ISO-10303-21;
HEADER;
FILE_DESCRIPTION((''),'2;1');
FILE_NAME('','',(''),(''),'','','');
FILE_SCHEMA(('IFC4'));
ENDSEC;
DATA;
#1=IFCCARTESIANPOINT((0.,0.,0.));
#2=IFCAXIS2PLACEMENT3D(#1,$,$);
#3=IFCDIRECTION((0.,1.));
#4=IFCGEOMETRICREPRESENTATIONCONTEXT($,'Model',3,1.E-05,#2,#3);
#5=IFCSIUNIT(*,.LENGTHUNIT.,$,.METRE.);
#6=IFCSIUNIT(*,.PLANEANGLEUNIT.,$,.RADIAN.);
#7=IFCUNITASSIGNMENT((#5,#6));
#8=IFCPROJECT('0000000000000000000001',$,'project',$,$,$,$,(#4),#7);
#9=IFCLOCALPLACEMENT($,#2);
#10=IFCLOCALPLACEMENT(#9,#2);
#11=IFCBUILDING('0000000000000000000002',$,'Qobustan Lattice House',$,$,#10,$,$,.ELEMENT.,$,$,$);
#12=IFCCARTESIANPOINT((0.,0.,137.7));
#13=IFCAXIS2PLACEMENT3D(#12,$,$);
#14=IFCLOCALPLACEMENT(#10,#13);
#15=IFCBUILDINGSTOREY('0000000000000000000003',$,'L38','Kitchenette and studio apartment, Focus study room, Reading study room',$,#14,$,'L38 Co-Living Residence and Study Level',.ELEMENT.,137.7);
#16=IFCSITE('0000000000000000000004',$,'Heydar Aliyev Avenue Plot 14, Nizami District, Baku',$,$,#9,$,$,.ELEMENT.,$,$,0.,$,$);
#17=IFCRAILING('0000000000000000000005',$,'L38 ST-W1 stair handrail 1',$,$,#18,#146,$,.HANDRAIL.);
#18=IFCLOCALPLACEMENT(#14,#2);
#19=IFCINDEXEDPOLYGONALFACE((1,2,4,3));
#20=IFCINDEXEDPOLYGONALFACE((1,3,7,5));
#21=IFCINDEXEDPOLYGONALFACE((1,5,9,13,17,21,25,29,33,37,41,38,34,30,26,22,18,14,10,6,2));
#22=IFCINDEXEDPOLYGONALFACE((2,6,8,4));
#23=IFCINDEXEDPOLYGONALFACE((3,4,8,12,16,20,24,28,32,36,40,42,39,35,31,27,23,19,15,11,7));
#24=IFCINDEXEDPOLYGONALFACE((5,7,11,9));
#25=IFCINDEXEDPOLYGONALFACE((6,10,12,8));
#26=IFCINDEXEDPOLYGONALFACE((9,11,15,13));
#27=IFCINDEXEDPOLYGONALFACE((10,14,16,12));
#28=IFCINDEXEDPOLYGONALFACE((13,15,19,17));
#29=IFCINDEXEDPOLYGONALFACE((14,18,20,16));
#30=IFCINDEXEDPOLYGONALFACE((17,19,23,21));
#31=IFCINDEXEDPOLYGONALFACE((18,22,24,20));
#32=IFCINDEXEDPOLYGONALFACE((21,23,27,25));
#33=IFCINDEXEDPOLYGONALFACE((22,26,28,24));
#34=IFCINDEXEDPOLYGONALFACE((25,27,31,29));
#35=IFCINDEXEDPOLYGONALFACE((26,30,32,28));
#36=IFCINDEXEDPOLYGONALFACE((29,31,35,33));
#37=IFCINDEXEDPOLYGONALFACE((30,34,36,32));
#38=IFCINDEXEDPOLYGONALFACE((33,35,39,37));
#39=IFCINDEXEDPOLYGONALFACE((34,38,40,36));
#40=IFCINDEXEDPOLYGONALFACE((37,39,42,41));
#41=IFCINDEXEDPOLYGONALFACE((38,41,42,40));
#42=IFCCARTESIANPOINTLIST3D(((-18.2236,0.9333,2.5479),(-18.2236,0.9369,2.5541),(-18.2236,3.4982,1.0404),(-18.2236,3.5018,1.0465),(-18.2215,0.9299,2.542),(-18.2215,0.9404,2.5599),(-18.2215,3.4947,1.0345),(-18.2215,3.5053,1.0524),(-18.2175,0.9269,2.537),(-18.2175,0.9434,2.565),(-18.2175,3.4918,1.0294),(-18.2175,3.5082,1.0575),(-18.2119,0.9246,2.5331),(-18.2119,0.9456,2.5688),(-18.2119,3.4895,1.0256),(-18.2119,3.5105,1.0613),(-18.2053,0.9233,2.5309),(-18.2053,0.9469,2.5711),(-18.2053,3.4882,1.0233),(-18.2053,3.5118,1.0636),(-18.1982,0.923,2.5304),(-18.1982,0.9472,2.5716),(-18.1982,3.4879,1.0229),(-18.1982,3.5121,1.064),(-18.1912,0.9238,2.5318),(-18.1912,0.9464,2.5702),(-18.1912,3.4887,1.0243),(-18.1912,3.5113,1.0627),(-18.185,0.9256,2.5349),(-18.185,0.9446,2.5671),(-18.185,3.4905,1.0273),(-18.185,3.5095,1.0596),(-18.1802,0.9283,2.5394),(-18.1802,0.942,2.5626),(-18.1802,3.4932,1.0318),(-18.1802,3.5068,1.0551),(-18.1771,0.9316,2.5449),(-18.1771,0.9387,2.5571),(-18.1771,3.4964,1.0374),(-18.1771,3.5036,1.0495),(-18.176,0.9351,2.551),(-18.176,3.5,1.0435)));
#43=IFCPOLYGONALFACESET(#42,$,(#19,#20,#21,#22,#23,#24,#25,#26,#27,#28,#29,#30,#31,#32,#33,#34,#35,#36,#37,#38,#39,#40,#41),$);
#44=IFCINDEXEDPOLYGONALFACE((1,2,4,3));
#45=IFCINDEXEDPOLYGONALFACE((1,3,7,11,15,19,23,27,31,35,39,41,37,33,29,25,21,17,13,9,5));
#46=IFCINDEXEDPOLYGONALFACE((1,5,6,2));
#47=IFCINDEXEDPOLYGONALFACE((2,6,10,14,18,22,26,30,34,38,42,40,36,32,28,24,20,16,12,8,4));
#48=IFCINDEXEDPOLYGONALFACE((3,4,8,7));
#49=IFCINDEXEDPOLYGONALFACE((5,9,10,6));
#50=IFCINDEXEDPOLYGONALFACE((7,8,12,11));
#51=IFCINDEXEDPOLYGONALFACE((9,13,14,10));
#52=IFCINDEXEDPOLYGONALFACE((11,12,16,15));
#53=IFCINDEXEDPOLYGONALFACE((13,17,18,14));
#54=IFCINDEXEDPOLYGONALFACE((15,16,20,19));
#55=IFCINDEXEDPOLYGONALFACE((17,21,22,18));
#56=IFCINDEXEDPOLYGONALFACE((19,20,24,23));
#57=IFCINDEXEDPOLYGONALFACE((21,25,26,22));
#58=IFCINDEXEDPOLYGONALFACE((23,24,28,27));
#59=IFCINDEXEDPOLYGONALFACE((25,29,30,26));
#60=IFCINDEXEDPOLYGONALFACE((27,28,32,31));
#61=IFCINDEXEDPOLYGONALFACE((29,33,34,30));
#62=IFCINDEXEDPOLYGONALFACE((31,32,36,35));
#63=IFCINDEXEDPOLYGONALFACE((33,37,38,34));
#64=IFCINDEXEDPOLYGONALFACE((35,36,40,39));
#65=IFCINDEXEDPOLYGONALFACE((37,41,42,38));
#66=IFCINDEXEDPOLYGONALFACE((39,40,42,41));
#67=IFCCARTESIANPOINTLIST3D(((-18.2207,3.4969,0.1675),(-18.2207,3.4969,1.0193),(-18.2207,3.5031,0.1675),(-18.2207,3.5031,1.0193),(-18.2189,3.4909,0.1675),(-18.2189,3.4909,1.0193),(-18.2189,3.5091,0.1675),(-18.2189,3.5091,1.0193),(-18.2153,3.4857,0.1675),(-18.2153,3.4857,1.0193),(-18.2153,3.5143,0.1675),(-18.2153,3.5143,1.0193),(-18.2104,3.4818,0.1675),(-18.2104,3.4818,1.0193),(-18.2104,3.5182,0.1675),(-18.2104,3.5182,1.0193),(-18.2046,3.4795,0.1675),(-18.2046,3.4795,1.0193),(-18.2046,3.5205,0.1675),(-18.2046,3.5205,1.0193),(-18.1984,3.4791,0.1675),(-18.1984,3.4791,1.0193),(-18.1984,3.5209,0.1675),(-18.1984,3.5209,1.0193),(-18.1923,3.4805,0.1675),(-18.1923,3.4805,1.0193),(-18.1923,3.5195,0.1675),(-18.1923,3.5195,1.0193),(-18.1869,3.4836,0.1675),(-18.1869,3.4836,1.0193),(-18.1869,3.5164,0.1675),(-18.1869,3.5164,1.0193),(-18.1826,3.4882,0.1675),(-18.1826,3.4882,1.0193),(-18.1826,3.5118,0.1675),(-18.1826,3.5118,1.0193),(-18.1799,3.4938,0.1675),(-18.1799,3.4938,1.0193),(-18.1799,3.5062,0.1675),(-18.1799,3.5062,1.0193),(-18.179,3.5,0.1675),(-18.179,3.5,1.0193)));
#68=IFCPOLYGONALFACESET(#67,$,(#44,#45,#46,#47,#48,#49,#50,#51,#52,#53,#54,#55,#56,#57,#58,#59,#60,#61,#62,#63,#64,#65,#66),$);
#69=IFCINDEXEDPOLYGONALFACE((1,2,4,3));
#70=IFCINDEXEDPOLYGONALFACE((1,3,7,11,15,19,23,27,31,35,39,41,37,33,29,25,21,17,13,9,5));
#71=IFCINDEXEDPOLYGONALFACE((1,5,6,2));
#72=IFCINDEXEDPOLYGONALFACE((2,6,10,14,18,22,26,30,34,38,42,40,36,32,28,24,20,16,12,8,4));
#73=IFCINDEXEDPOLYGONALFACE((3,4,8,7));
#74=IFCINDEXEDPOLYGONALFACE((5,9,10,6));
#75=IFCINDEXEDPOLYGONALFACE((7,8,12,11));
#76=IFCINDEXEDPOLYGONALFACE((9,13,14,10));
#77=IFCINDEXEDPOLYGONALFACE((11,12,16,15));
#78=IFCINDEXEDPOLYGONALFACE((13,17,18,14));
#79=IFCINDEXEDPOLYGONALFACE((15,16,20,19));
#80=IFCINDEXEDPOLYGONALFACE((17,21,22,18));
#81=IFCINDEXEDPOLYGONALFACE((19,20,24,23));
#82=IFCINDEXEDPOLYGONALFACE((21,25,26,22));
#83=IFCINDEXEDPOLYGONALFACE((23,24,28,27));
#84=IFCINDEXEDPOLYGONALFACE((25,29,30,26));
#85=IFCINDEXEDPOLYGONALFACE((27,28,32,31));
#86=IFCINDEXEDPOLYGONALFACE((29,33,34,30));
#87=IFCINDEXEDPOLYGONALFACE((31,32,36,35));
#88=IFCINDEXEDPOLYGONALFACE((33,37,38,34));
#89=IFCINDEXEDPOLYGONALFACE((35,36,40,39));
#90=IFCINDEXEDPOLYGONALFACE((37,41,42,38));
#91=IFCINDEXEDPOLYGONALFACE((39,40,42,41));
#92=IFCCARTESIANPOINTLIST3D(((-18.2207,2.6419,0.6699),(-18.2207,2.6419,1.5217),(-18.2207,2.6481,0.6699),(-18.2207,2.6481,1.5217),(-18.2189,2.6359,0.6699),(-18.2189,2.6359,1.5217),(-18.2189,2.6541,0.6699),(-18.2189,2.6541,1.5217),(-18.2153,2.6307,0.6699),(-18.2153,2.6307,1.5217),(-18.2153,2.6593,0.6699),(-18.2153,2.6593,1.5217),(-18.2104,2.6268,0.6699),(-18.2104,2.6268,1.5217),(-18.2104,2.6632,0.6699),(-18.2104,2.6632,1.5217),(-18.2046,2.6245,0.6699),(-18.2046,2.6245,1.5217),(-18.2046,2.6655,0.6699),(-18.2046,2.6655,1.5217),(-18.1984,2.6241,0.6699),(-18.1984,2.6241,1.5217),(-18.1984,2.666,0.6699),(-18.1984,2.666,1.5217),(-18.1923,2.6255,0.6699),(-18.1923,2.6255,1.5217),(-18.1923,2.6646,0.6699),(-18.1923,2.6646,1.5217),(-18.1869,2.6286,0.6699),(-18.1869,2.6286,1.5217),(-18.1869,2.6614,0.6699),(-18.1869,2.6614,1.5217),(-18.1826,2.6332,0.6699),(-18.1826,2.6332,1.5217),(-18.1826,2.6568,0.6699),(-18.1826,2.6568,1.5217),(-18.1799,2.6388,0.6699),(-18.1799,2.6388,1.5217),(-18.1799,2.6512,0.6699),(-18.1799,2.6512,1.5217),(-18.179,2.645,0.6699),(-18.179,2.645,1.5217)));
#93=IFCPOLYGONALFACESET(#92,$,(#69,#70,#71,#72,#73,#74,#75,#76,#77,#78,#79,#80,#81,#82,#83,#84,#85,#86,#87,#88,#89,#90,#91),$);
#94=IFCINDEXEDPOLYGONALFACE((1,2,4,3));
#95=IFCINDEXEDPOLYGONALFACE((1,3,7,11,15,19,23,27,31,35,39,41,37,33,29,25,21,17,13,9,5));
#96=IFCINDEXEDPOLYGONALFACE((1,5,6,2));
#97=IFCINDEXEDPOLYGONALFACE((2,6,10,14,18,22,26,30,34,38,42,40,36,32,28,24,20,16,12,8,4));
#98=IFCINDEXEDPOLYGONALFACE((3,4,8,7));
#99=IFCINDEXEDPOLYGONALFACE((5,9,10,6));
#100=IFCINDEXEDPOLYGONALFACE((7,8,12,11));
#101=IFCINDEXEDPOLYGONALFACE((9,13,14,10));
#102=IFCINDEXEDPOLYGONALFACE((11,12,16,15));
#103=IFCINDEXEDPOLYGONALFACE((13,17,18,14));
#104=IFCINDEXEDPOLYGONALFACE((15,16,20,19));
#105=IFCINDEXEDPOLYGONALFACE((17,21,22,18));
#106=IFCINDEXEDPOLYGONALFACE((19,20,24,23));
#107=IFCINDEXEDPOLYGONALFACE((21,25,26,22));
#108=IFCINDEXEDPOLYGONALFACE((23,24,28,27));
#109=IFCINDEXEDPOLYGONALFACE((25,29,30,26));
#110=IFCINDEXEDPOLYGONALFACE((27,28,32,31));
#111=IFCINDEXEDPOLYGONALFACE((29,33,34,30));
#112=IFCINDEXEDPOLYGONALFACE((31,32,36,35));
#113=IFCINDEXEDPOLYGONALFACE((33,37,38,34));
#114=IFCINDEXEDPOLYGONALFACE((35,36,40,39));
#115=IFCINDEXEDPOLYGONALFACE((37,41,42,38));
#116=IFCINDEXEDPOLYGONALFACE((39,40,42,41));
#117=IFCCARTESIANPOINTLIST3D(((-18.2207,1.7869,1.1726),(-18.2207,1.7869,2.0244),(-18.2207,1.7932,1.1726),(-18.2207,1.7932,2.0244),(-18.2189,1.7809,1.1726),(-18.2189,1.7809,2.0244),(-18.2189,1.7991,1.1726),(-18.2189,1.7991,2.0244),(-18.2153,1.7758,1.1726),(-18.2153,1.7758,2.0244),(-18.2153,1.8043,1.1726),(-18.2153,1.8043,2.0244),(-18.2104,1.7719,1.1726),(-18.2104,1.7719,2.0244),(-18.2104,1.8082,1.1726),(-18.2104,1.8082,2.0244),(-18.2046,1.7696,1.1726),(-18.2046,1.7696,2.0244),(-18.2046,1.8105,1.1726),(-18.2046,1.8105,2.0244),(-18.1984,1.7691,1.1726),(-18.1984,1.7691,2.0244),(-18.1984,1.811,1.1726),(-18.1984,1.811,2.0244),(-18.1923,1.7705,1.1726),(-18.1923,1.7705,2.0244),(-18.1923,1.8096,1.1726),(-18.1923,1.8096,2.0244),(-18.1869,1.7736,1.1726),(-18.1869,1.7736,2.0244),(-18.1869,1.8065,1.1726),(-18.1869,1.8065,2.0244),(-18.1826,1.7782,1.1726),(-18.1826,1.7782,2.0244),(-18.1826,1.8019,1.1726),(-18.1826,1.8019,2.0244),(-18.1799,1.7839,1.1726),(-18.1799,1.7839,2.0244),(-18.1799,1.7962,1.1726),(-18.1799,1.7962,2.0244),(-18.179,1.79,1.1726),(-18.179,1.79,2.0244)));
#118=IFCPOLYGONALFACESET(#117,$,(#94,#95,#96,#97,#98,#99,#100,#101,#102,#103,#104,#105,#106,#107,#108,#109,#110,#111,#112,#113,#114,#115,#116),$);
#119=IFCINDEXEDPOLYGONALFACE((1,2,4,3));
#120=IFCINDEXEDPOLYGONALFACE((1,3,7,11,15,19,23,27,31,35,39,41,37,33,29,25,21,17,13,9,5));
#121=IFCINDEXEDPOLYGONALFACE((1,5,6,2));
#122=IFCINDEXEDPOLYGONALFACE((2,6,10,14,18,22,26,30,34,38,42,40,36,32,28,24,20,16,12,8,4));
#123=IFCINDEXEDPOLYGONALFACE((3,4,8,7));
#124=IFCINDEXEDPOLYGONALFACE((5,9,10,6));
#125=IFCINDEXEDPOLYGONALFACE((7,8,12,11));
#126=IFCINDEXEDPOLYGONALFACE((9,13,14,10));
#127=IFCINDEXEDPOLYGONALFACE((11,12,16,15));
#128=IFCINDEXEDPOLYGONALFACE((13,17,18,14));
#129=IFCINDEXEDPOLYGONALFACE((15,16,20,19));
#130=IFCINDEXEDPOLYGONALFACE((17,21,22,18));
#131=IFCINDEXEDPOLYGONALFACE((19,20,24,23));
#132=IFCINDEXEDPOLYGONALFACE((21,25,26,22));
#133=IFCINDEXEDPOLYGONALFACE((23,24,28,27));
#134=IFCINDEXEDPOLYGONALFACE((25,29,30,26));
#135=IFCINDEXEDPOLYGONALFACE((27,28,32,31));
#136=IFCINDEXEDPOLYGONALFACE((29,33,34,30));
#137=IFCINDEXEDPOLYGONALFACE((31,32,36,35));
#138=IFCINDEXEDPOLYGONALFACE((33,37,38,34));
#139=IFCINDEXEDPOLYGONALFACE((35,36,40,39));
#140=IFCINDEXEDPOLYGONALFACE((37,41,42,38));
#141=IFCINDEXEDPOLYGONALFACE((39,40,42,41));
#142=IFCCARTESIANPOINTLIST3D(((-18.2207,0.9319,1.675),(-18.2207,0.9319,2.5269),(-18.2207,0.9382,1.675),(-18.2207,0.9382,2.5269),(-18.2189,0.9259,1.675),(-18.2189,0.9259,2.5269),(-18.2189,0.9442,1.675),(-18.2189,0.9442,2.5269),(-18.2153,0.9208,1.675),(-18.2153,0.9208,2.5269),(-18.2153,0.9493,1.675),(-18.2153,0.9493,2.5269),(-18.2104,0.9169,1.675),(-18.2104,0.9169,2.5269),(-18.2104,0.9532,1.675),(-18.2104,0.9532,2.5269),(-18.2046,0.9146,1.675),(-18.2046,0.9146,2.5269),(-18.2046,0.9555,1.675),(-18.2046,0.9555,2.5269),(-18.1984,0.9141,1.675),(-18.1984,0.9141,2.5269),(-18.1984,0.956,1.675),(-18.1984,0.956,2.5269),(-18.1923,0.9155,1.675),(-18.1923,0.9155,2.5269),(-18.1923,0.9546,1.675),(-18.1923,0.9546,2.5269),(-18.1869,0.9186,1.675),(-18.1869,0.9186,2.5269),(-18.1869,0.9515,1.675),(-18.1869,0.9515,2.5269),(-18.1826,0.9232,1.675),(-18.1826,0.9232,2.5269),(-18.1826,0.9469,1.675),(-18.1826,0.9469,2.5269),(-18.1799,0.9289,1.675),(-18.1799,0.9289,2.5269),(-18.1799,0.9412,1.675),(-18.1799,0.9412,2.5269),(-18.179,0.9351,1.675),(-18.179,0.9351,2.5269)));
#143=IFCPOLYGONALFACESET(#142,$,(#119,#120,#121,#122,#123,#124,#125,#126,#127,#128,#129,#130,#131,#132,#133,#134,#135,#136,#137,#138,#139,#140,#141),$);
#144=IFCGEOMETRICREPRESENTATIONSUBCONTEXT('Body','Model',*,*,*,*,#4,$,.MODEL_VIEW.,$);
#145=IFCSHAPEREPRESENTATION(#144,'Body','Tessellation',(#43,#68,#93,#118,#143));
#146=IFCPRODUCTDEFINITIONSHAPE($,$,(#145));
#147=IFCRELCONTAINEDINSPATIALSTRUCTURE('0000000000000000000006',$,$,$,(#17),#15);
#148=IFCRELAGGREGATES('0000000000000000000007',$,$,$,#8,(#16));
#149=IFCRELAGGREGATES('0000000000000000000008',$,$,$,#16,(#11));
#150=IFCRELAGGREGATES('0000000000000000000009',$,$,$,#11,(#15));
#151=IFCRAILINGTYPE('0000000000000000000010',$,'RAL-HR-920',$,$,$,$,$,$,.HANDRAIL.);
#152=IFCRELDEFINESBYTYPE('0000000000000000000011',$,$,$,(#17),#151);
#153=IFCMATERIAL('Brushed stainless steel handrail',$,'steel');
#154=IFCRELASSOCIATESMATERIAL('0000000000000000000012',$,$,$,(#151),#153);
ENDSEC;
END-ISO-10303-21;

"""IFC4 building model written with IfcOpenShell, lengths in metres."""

from ifc_helpers import new_model, si_unit, direction, frame, origin, origin_2d, place, context, subcontext, project, spatial, circle, extrude, material, type_object, element, save


model = new_model("IFC4")

# Units and contexts
model_context = context("Model", 3, precision=1e-05, world=origin(), true_north=direction((0.0, 1.0)))
body_context = subcontext(model_context, "Body", "Model", "MODEL_VIEW")
ifc_project = project(units=[si_unit("LENGTHUNIT", "METRE"), si_unit("PLANEANGLEUNIT", "RADIAN")], contexts=[model_context])

# Site, building, storey
site_placement = place(None, origin())
site = spatial("IfcSite", under=ifc_project, at=site_placement, Name="Heydar Aliyev Avenue Plot 14, Nizami District, Baku", CompositionType="ELEMENT", RefElevation=0.0)
building_placement = place(site_placement, origin())
building = spatial("IfcBuilding", under=site, at=building_placement, Name="Qobustan Lattice House", CompositionType="ELEMENT")
storey_placement = place(building_placement, frame((0.0, 0.0, 137.7)))
storey = spatial("IfcBuildingStorey", under=building, at=storey_placement, Name="L38", Description="Kitchenette and studio apartment, Focus study room, Reading study room", LongName="L38 Co-Living Residence and Study Level", CompositionType="ELEMENT", Elevation=137.7)

# Railing
ifc_material_1 = material(Name="Brushed stainless steel handrail", Category="steel")
railing_type_1 = type_object("IfcRailingType", Name="RAL-HR-920", PredefinedType="HANDRAIL", material=ifc_material_1)
railing_1_placement = place(storey_placement, frame((-18.2, 3.5, 0.1675)))
element("IfcRailing", 1, at=railing_1_placement, inside=storey, type_object=railing_type_1, Name="L38 ST-W1 stair handrail 1", PredefinedType="HANDRAIL", context=body_context, shape_type="SweptSolid", body=[
    extrude(circle(Radius=0.0239, at=origin_2d()), frame((0.0, 0.0, 0.876), z_axis=(0.0, -0.862113, 0.506715), x_axis=(1.0, 0.0, 0.0)), (0.0, 0.0, 1.0), 2.9751),
    extrude(circle(Radius=0.021, at=origin_2d()), origin(), (0.0, 0.0, 1.0), 0.8518),
    extrude(circle(Radius=0.021, at=origin_2d()), frame((0.0, -0.855, 0.5024)), (0.0, 0.0, 1.0), 0.8518),
    extrude(circle(Radius=0.021, at=origin_2d()), frame((0.0, -1.71, 1.0051)), (0.0, 0.0, 1.0), 0.8518),
    extrude(circle(Radius=0.021, at=origin_2d()), frame((0.0, -2.5649, 1.5076)), (0.0, 0.0, 1.0), 0.8518),
])

save(model, "model.ifc")
